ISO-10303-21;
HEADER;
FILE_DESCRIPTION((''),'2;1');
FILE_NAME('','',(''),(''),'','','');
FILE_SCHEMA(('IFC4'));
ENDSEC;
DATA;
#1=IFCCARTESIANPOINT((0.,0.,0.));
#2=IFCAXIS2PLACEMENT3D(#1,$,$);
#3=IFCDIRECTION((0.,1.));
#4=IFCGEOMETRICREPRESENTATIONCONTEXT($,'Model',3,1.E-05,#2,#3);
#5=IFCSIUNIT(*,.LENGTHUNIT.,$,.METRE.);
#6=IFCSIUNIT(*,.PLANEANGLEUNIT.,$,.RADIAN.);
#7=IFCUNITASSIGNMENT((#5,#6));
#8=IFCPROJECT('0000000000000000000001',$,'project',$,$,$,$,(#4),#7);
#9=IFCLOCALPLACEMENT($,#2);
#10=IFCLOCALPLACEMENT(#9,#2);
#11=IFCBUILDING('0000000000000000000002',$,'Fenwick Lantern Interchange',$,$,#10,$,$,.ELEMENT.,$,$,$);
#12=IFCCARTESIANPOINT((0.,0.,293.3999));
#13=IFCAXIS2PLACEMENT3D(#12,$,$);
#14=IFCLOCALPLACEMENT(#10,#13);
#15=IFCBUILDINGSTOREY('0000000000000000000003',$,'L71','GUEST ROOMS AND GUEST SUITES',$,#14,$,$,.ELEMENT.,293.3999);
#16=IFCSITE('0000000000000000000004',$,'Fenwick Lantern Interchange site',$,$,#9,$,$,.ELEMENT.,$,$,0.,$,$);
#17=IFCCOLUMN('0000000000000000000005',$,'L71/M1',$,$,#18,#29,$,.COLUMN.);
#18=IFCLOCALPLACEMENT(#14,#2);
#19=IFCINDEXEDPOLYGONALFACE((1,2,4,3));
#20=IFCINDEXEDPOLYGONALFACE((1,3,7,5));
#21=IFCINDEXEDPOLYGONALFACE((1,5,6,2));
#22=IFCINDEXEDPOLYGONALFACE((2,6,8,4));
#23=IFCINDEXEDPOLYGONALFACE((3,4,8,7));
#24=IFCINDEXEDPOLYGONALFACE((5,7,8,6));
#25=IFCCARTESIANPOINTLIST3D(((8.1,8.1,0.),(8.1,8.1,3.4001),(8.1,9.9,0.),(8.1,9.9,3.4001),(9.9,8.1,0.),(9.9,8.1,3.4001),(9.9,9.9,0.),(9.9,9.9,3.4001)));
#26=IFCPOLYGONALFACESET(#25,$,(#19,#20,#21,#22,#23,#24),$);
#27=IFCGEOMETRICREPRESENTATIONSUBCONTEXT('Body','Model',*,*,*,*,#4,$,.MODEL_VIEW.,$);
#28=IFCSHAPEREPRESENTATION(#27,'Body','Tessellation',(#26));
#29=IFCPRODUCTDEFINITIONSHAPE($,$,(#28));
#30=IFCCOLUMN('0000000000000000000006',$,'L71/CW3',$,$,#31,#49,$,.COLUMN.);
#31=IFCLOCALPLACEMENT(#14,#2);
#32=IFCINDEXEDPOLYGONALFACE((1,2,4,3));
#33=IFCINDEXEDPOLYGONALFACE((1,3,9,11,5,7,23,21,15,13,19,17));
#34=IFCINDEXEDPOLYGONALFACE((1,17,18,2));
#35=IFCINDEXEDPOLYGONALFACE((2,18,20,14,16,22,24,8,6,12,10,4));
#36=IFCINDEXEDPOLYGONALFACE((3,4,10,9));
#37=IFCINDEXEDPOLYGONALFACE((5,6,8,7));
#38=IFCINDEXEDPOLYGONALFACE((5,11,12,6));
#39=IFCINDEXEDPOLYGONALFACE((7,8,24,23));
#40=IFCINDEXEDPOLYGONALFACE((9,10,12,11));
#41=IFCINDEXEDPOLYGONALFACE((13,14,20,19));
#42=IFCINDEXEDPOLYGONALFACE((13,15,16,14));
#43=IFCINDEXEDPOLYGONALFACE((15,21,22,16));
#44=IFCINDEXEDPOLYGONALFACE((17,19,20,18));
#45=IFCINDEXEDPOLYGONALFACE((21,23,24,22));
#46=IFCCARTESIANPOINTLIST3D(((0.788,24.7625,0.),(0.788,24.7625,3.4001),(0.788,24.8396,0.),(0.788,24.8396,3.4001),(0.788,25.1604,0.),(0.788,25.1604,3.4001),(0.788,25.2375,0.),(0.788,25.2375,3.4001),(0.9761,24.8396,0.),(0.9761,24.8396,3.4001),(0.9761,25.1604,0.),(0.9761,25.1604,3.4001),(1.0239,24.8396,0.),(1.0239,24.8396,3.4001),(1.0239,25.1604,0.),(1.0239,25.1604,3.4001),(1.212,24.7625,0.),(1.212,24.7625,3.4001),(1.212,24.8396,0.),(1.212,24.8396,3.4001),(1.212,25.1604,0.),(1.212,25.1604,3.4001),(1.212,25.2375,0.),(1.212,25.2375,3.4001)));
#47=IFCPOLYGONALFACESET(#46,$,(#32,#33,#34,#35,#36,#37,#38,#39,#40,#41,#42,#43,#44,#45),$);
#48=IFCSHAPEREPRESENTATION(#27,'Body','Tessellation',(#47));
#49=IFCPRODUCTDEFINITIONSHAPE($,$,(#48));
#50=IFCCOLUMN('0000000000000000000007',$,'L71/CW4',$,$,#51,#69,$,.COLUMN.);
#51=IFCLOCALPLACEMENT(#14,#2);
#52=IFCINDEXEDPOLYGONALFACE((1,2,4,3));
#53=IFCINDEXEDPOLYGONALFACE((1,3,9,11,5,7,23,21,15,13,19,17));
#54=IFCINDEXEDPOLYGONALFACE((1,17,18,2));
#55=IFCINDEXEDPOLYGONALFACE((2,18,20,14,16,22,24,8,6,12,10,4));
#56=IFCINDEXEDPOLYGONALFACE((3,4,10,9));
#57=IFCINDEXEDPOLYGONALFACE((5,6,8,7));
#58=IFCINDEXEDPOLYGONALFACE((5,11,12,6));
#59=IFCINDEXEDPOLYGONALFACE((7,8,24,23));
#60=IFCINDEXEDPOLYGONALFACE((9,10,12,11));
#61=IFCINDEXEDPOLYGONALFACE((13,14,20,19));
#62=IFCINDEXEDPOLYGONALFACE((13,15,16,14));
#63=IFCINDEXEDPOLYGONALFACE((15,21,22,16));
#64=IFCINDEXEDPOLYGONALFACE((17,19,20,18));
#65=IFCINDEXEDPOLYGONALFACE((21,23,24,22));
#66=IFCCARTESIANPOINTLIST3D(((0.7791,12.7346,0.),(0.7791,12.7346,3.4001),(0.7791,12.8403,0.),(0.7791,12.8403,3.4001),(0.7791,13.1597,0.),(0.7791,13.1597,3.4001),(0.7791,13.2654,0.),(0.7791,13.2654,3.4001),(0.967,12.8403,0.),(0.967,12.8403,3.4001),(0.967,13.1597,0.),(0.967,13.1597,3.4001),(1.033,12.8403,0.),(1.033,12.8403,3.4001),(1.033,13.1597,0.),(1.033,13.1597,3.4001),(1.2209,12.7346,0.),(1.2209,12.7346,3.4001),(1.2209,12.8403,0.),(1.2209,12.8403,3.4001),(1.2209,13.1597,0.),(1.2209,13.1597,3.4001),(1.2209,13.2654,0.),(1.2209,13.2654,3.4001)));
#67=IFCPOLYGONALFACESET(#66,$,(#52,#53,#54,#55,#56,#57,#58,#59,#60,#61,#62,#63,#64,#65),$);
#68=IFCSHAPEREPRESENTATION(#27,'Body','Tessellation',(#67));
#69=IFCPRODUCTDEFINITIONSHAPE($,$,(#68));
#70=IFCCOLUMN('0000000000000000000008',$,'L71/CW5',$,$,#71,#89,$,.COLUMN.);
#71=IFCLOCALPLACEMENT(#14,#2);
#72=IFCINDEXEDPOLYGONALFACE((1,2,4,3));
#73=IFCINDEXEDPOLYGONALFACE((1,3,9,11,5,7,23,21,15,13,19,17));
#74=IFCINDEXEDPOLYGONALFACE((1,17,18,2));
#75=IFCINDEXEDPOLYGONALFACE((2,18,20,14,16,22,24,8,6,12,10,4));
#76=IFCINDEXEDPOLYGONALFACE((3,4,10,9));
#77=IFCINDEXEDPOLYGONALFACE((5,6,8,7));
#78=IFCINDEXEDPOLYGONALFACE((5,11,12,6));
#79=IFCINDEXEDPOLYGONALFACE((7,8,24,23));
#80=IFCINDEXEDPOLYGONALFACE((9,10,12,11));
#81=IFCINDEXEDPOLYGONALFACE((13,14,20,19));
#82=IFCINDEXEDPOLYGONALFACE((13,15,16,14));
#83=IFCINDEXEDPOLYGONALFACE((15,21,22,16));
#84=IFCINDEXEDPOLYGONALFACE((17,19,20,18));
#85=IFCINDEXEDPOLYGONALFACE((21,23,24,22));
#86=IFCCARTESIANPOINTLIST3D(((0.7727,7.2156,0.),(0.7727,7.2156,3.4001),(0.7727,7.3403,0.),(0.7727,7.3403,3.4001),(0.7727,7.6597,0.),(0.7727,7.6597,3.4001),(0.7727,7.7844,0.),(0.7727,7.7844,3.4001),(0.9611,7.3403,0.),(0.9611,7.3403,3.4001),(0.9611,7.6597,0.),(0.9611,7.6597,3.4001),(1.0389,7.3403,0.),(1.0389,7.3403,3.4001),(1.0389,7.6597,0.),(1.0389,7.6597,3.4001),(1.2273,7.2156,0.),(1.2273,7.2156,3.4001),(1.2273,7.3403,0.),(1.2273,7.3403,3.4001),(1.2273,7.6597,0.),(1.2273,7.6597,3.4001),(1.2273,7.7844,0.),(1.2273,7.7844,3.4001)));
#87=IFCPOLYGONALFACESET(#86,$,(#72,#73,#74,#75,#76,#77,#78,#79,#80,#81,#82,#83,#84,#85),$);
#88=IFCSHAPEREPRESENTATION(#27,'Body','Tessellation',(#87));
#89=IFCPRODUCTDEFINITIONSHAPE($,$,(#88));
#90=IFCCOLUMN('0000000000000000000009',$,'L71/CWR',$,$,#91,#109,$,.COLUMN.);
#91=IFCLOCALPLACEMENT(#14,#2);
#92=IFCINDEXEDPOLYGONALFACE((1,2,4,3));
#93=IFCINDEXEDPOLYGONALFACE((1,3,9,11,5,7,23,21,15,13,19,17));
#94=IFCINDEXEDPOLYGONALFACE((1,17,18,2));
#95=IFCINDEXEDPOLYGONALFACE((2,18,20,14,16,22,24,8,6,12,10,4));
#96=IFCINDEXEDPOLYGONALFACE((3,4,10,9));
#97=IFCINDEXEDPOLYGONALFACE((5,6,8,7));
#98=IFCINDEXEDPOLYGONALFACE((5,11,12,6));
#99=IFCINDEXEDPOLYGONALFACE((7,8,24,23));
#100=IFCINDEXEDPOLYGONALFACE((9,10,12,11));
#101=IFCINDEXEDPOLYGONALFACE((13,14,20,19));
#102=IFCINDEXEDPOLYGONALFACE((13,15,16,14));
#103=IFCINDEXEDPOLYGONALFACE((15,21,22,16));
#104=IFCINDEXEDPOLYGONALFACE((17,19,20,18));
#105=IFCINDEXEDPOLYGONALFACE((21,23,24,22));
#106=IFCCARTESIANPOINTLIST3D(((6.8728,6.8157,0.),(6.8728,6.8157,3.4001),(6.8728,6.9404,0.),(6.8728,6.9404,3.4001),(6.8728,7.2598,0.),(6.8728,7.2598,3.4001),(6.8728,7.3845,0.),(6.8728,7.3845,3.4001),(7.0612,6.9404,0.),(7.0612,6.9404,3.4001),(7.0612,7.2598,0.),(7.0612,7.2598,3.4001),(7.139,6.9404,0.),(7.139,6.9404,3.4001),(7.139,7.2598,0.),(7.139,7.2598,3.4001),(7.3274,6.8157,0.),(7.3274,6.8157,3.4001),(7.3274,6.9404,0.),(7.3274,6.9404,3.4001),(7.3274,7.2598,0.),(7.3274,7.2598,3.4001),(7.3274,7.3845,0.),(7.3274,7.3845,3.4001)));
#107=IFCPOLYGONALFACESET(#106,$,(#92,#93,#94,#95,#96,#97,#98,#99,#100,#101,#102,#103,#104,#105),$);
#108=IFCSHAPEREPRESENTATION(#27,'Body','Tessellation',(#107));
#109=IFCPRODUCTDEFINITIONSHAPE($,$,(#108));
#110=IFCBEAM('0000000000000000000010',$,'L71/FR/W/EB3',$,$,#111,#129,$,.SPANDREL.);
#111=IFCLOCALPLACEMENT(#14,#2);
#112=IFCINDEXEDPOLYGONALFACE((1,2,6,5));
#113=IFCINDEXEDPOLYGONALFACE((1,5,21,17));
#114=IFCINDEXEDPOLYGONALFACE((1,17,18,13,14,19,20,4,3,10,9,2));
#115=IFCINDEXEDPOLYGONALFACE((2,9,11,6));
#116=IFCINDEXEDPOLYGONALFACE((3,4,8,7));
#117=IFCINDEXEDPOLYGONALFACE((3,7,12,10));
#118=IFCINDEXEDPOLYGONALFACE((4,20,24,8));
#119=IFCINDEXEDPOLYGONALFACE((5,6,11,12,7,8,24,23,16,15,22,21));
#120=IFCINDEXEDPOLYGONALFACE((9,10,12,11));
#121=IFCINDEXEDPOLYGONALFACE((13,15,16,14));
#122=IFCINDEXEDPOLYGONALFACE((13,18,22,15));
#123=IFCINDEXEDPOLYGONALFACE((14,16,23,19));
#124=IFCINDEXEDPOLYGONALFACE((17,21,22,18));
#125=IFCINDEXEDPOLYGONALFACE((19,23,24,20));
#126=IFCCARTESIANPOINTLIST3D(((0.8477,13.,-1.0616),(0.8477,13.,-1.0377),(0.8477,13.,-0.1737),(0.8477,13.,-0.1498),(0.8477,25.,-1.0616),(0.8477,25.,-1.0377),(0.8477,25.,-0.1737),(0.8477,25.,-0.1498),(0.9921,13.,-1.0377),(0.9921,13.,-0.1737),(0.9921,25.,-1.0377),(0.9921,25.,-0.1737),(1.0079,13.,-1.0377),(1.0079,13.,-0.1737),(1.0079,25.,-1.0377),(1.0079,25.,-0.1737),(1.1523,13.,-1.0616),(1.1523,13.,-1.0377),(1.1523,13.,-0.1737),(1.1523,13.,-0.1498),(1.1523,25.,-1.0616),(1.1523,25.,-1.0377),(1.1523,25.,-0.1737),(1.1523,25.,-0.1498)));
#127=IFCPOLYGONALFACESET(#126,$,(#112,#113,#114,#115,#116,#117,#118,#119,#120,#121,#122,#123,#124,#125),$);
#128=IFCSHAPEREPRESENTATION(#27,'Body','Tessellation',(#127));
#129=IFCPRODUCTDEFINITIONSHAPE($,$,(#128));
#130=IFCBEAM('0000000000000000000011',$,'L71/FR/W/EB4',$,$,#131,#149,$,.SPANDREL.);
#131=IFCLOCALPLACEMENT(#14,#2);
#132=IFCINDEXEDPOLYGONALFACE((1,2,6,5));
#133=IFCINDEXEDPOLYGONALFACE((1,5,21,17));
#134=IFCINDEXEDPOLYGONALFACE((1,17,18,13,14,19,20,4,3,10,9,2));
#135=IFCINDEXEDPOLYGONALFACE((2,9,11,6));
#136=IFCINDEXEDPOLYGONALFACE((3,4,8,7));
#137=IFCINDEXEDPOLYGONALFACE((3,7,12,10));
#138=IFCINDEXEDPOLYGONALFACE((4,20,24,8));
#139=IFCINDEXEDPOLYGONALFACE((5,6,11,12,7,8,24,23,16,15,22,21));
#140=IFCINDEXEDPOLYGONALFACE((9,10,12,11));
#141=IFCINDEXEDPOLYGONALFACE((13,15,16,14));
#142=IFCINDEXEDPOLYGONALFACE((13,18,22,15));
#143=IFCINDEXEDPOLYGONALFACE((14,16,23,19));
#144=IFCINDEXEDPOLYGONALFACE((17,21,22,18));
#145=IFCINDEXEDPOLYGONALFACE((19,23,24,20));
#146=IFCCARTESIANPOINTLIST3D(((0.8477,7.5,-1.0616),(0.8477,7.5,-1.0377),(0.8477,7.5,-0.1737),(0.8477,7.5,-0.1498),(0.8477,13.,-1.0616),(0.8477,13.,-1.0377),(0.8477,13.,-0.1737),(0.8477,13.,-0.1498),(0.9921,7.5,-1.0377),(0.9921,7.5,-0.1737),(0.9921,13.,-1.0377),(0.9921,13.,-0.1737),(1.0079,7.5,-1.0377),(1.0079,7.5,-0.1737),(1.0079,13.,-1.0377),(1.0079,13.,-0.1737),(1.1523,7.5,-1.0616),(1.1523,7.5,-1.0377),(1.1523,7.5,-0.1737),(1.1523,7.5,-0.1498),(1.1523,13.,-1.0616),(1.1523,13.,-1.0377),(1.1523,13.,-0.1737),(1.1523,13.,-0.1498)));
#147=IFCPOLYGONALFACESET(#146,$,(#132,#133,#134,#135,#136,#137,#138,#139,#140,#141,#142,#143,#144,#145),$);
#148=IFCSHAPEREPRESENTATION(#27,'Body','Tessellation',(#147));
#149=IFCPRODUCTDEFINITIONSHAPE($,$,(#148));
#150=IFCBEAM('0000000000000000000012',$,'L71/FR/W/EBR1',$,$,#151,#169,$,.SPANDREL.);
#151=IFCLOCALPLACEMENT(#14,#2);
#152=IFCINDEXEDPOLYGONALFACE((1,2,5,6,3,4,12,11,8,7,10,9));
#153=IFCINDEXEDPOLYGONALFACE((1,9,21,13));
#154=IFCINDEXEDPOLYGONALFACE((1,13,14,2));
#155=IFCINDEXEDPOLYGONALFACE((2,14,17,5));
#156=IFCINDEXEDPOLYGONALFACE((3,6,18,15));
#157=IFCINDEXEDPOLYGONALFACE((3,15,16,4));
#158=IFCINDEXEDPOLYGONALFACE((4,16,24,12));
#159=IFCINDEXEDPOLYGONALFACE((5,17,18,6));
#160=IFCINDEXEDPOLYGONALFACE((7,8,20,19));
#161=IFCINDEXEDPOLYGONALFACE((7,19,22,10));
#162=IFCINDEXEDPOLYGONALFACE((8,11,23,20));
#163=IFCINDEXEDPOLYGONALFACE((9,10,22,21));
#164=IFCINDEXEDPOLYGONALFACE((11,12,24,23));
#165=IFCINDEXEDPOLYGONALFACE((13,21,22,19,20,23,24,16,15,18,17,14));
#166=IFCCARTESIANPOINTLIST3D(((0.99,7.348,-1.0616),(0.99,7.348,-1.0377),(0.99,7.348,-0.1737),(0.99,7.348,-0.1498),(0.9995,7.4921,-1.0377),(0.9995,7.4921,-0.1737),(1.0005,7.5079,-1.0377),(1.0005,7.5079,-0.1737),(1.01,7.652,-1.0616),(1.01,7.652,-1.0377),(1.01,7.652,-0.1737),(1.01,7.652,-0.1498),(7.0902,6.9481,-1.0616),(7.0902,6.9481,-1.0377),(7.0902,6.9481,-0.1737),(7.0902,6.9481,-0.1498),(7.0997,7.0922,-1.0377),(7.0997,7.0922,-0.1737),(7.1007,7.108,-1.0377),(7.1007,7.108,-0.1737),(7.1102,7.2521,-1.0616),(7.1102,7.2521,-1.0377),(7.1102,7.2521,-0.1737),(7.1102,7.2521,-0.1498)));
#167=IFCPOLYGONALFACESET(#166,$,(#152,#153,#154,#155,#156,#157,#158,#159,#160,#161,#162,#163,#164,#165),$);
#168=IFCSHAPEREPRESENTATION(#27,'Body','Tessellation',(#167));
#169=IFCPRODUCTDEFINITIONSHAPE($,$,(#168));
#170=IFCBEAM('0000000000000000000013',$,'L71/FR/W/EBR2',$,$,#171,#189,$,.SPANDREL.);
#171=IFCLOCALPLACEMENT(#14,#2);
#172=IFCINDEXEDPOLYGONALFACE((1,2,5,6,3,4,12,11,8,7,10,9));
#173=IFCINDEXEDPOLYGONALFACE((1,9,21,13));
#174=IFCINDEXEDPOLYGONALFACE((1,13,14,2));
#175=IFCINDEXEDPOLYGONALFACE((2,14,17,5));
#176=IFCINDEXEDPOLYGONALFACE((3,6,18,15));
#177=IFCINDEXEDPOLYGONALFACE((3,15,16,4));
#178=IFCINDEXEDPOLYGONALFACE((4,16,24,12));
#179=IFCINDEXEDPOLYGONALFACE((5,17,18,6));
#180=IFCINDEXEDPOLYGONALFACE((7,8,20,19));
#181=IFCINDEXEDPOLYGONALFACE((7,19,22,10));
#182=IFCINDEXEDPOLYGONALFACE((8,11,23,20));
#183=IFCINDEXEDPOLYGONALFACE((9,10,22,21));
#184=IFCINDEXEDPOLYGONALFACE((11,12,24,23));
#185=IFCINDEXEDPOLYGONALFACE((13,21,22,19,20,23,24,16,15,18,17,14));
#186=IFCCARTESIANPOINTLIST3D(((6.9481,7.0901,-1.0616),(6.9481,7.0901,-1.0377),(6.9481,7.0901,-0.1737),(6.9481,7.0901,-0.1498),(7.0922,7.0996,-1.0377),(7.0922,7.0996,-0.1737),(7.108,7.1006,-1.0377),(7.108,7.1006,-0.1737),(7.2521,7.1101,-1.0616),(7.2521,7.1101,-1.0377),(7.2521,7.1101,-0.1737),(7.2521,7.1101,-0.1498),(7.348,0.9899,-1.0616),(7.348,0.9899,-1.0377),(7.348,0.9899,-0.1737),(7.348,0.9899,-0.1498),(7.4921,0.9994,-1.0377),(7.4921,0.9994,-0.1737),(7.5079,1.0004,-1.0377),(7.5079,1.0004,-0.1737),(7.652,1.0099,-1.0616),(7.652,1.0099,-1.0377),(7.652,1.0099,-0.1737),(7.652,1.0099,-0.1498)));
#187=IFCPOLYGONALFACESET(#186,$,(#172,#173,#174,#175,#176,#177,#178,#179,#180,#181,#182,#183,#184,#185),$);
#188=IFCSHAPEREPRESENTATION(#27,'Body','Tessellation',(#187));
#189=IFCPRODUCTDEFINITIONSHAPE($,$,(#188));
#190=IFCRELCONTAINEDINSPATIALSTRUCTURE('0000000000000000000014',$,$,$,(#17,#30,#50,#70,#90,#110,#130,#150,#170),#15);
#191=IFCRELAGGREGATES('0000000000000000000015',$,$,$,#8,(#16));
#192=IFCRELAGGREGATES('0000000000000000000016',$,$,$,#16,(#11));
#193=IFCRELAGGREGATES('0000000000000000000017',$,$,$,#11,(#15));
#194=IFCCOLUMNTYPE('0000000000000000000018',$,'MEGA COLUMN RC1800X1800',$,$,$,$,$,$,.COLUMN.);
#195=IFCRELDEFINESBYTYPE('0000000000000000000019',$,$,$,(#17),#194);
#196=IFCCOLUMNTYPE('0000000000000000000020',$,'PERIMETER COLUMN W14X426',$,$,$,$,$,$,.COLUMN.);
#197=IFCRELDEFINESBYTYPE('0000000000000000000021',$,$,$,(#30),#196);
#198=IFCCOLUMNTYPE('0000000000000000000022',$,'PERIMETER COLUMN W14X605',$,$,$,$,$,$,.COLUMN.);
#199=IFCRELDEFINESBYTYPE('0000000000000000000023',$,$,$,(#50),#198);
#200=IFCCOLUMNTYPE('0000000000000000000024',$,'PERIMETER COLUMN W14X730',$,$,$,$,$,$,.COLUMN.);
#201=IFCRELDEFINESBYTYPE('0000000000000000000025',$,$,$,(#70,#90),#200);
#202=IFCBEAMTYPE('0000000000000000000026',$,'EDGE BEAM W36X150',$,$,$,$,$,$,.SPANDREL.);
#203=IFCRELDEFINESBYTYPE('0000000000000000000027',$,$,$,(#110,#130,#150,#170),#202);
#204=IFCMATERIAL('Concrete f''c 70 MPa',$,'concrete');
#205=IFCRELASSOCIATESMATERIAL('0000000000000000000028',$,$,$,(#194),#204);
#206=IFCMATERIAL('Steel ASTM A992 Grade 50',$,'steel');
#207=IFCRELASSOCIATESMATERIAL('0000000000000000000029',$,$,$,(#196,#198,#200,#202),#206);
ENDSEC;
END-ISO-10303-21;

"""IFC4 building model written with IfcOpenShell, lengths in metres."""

from ifc_helpers import new_model, si_unit, direction, frame, origin, origin_2d, place, context, subcontext, project, spatial, rectangle, i_section, extrude, material, material_profile, profile_set, type_object, element, save


model = new_model("IFC4")

# Units and contexts
model_context = context("Model", 3, precision=1e-05, world=origin(), true_north=direction((0.0, 1.0)))
body_context = subcontext(model_context, "Body", "Model", "MODEL_VIEW")
ifc_project = project(units=[si_unit("LENGTHUNIT", "METRE"), si_unit("PLANEANGLEUNIT", "RADIAN")], contexts=[model_context])

# Site, building, storey
site_placement = place(None, origin())
site = spatial("IfcSite", under=ifc_project, at=site_placement, Name="Fenwick Lantern Interchange site", CompositionType="ELEMENT", RefElevation=0.0)
building_placement = place(site_placement, origin())
building = spatial("IfcBuilding", under=site, at=building_placement, Name="Fenwick Lantern Interchange", CompositionType="ELEMENT")
storey_placement = place(building_placement, frame((0.0, 0.0, 293.3999)))
storey = spatial("IfcBuildingStorey", under=building, at=storey_placement, Name="L71", Description="GUEST ROOMS AND GUEST SUITES", CompositionType="ELEMENT", Elevation=293.3999)

# Columns
ifc_material_1 = material(Name="Concrete f'c 70 MPa", Category="concrete")
ifc_material_profile_1 = material_profile(ifc_material_1, rectangle(XDim=1.8, YDim=1.8, at=origin_2d()), Name="RC1800X1800")
ifc_profile_set_1 = profile_set([ifc_material_profile_1], Name="Concrete f'c 70 MPa")
column_type_1 = type_object("IfcColumnType", Name="MEGA COLUMN RC1800X1800", PredefinedType="COLUMN", material=ifc_profile_set_1)
column_1_placement = place(storey_placement, frame((9.0, 9.0, 0.0), z_axis=(0.0, 0.0, 1.0), x_axis=(1.0, 0.0, 0.0)))
element("IfcColumn", 1, at=column_1_placement, inside=storey, type_object=column_type_1, Name="L71/M1", PredefinedType="COLUMN", context=body_context, shape_type="SweptSolid", body=[
    extrude(rectangle(XDim=1.8, YDim=1.8, at=origin_2d()), origin(), (0.0, 0.0, 1.0), 3.4001),
])
ifc_material_2 = material(Name="Steel ASTM A992 Grade 50", Category="steel")
ifc_material_profile_2 = material_profile(ifc_material_2, i_section(OverallWidth=0.4241, OverallDepth=0.4751, WebThickness=0.0479, FlangeThickness=0.0771, at=origin_2d()), Name="W14X426")
ifc_profile_set_2 = profile_set([ifc_material_profile_2], Name="Steel ASTM A992 Grade 50")
column_type_2 = type_object("IfcColumnType", Name="PERIMETER COLUMN W14X426", PredefinedType="COLUMN", material=ifc_profile_set_2)
column_2_placement = place(storey_placement, frame((1.0, 25.0, 0.0), z_axis=(0.0, 0.0, 1.0), x_axis=(1.0, 0.0, 0.0)))
element("IfcColumn", 2, at=column_2_placement, inside=storey, type_object=column_type_2, Name="L71/CW3", PredefinedType="COLUMN", context=body_context, shape_type="SweptSolid", body=[
    extrude(i_section(OverallWidth=0.4241, OverallDepth=0.4751, WebThickness=0.0479, FlangeThickness=0.0771, at=origin_2d()), origin(), (0.0, 0.0, 1.0), 3.4001),
])
ifc_material_profile_3 = material_profile(ifc_material_2, i_section(OverallWidth=0.4419, OverallDepth=0.5308, WebThickness=0.0659, FlangeThickness=0.1057, at=origin_2d()), Name="W14X605")
ifc_profile_set_3 = profile_set([ifc_material_profile_3], Name="Steel ASTM A992 Grade 50")
column_type_3 = type_object("IfcColumnType", Name="PERIMETER COLUMN W14X605", PredefinedType="COLUMN", material=ifc_profile_set_3)
column_3_placement = place(storey_placement, frame((1.0, 13.0, 0.0), z_axis=(0.0, 0.0, 1.0), x_axis=(1.0, 0.0, 0.0)))
element("IfcColumn", 3, at=column_3_placement, inside=storey, type_object=column_type_3, Name="L71/CW4", PredefinedType="COLUMN", context=body_context, shape_type="SweptSolid", body=[
    extrude(i_section(OverallWidth=0.4419, OverallDepth=0.5308, WebThickness=0.0659, FlangeThickness=0.1057, at=origin_2d()), origin(), (0.0, 0.0, 1.0), 3.4001),
])
ifc_material_profile_4 = material_profile(ifc_material_2, i_section(OverallWidth=0.4546, OverallDepth=0.5688, WebThickness=0.0779, FlangeThickness=0.1248, at=origin_2d()), Name="W14X730")
ifc_profile_set_4 = profile_set([ifc_material_profile_4], Name="Steel ASTM A992 Grade 50")
column_type_4 = type_object("IfcColumnType", Name="PERIMETER COLUMN W14X730", PredefinedType="COLUMN", material=ifc_profile_set_4)
for number, where, z_axis, x_axis, name in (
    (4, (1.0, 7.5, 0.0), (0.0, 0.0, 1.0), (1.0, 0.0, 0.0), "L71/CW5"),
    (5, (7.1001, 7.1001, 0.0), (0.0, 0.0, 1.0), (1.0, 0.0, 0.0), "L71/CWR"),
):
    element("IfcColumn", number, at=place(storey_placement, frame(where, z_axis=z_axis, x_axis=x_axis)), inside=storey, type_object=column_type_4, Name=name, PredefinedType="COLUMN", context=body_context, shape_type="SweptSolid", body=[
        extrude(i_section(OverallWidth=0.4546, OverallDepth=0.5688, WebThickness=0.0779, FlangeThickness=0.1248, at=origin_2d()), origin(), (0.0, 0.0, 1.0), 3.4001),
    ])

# Beams
ifc_material_profile_5 = material_profile(ifc_material_2, i_section(OverallWidth=0.3047, OverallDepth=0.9119, WebThickness=0.0159, FlangeThickness=0.0239, at=origin_2d()), Name="W36X150")
ifc_profile_set_5 = profile_set([ifc_material_profile_5], Name="Steel ASTM A992 Grade 50")
beam_type_1 = type_object("IfcBeamType", Name="EDGE BEAM W36X150", PredefinedType="SPANDREL", material=ifc_profile_set_5)
beam_1_placement = place(storey_placement, frame((1.0, 25.0, -0.6057), z_axis=(0.0, -1.0, 0.0), x_axis=(1.0, 0.0, 0.0)))
element("IfcBeam", 6, at=beam_1_placement, inside=storey, type_object=beam_type_1, Name="L71/FR/W/EB3", PredefinedType="SPANDREL", context=body_context, shape_type="SweptSolid", body=[
    extrude(i_section(OverallWidth=0.3047, OverallDepth=0.9119, WebThickness=0.0159, FlangeThickness=0.0239, at=origin_2d()), origin(), (0.0, 0.0, 1.0), 12.0),
])
beam_2_placement = place(storey_placement, frame((1.0, 13.0, -0.6057), z_axis=(0.0, -1.0, 0.0), x_axis=(1.0, 0.0, 0.0)))
element("IfcBeam", 7, at=beam_2_placement, inside=storey, type_object=beam_type_1, Name="L71/FR/W/EB4", PredefinedType="SPANDREL", context=body_context, shape_type="SweptSolid", body=[
    extrude(i_section(OverallWidth=0.3047, OverallDepth=0.9119, WebThickness=0.0159, FlangeThickness=0.0239, at=origin_2d()), origin(), (0.0, 0.0, 1.0), 5.5),
])
for number, where, z_axis, x_axis, name in (
    (8, (1.0, 7.5, -0.6057), (0.997858, -0.065416, 0.0), (0.065416, 0.997858, 0.0), "L71/FR/W/EBR1"),
    (9, (7.1001, 7.1001, -0.6057), (0.065416, -0.997858, 0.0), (0.997858, 0.065416, 0.0), "L71/FR/W/EBR2"),
):
    element("IfcBeam", number, at=place(storey_placement, frame(where, z_axis=z_axis, x_axis=x_axis)), inside=storey, type_object=beam_type_1, Name=name, PredefinedType="SPANDREL", context=body_context, shape_type="SweptSolid", body=[
        extrude(i_section(OverallWidth=0.3047, OverallDepth=0.9119, WebThickness=0.0159, FlangeThickness=0.0239, at=origin_2d()), origin(), (0.0, 0.0, 1.0), 6.1133),
    ])

save(model, "model.ifc")
